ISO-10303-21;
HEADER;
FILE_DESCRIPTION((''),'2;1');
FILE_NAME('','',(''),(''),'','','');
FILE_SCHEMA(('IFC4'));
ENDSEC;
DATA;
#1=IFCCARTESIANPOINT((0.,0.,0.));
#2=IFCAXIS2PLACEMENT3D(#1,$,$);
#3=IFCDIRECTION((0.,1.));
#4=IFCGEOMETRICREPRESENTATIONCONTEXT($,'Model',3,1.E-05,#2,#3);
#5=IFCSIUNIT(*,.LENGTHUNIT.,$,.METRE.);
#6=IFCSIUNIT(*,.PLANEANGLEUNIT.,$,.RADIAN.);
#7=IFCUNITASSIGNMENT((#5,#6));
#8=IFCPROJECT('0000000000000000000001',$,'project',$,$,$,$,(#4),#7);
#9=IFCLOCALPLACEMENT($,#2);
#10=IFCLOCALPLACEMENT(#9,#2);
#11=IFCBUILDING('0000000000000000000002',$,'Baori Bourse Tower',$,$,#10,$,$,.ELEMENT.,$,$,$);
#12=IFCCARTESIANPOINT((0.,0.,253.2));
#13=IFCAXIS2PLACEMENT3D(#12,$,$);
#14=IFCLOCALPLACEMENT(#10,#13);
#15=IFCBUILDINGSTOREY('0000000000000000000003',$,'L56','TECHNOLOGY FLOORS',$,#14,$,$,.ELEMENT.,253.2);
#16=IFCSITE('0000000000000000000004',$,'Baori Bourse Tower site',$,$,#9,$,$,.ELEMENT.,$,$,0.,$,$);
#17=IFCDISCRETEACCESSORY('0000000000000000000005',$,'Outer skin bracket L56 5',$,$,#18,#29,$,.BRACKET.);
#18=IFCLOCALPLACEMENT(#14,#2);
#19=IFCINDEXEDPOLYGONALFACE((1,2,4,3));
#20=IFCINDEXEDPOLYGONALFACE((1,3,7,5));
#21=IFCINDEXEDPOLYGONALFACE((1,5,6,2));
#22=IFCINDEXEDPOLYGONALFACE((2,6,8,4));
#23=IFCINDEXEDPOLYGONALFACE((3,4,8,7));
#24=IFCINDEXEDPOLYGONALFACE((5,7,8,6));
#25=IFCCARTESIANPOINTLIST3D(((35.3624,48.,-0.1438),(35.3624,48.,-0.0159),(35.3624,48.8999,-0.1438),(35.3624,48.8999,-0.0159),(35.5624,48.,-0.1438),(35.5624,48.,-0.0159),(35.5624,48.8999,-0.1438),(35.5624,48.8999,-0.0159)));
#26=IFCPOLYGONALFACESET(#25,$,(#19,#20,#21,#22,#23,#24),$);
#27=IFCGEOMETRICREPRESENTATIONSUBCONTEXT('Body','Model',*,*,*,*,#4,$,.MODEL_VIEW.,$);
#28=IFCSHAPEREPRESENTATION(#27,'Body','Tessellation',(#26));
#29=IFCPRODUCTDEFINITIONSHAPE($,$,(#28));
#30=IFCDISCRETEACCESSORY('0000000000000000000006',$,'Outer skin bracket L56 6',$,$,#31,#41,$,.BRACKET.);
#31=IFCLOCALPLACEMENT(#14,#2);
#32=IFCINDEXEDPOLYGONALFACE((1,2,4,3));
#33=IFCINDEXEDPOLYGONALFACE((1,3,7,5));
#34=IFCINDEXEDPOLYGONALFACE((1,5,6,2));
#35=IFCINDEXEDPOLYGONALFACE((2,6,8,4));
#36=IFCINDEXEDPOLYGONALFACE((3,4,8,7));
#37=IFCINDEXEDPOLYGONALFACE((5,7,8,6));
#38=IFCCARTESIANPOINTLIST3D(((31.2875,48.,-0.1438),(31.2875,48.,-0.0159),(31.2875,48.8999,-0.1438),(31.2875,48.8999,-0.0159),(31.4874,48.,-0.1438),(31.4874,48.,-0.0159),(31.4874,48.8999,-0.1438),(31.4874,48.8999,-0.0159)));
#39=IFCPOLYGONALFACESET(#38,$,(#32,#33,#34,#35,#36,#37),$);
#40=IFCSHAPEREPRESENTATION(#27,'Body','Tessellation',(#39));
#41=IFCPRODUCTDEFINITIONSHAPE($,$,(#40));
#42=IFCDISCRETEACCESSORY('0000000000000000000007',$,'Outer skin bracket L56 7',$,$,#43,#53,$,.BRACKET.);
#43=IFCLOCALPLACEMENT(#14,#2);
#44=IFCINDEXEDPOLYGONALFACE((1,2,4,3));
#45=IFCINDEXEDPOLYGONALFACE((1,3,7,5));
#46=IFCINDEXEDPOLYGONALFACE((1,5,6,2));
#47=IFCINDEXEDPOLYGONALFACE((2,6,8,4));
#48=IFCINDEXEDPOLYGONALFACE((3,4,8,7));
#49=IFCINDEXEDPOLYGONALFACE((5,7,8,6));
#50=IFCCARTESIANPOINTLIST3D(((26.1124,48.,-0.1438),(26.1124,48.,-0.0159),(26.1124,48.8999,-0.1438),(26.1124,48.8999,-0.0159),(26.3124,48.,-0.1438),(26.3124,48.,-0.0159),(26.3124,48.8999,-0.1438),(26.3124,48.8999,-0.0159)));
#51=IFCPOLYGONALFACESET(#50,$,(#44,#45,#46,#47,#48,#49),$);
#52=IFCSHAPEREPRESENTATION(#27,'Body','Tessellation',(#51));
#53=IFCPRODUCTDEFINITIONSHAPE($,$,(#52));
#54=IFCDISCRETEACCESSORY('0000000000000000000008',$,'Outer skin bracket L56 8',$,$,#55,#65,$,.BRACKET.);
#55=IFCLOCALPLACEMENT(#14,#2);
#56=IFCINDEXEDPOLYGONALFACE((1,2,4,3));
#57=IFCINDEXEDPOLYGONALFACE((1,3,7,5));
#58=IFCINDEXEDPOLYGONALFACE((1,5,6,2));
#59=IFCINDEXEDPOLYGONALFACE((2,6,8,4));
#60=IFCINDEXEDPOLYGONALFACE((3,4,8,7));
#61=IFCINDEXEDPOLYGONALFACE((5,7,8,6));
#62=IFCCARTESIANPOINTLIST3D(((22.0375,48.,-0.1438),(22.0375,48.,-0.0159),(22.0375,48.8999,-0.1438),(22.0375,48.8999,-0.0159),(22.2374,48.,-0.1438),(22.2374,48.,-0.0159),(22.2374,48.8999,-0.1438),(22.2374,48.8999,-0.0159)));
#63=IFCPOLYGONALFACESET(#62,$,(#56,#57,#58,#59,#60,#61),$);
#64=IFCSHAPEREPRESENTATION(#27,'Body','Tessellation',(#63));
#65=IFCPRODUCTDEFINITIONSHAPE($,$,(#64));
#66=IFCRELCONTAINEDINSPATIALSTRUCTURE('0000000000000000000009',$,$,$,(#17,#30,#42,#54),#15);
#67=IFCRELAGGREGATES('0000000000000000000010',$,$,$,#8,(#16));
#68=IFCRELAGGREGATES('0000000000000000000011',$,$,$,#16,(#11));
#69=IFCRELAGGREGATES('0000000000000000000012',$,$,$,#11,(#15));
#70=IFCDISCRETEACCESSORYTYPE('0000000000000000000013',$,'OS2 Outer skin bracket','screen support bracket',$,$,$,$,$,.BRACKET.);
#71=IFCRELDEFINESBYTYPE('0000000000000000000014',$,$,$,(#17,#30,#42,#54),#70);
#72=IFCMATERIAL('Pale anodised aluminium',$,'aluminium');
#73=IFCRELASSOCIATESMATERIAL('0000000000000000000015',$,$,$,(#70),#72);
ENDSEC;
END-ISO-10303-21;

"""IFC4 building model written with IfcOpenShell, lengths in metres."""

from ifc_helpers import new_model, si_unit, direction, frame, origin, origin_2d, place, context, subcontext, project, spatial, rectangle, extrude, material, type_object, element, save


model = new_model("IFC4")

# Units and contexts
model_context = context("Model", 3, precision=1e-05, world=origin(), true_north=direction((0.0, 1.0)))
body_context = subcontext(model_context, "Body", "Model", "MODEL_VIEW")
ifc_project = project(units=[si_unit("LENGTHUNIT", "METRE"), si_unit("PLANEANGLEUNIT", "RADIAN")], contexts=[model_context])

# Site, building, storey
site_placement = place(None, origin())
site = spatial("IfcSite", under=ifc_project, at=site_placement, Name="Baori Bourse Tower site", CompositionType="ELEMENT", RefElevation=0.0)
building_placement = place(site_placement, origin())
building = spatial("IfcBuilding", under=site, at=building_placement, Name="Baori Bourse Tower", CompositionType="ELEMENT")
storey_placement = place(building_placement, frame((0.0, 0.0, 253.2)))
storey = spatial("IfcBuildingStorey", under=building, at=storey_placement, Name="L56", Description="TECHNOLOGY FLOORS", CompositionType="ELEMENT", Elevation=253.2)

# Discrete accessories
ifc_material_1 = material(Name="Pale anodised aluminium", Category="aluminium")
discrete_accessory_type = type_object("IfcDiscreteAccessoryType", Name="OS2 Outer skin bracket", Description="screen support bracket", PredefinedType="BRACKET", material=ifc_material_1)
for number, where, z_axis, x_axis, name in (
    (1, (35.4624, 48.45, -0.1438), (0.0, 0.0, 1.0), (-1.0, 0.0, 0.0), "Outer skin bracket L56 5"),
    (2, (31.3875, 48.45, -0.1438), (0.0, 0.0, 1.0), (-1.0, 0.0, 0.0), "Outer skin bracket L56 6"),
    (3, (26.2124, 48.45, -0.1438), (0.0, 0.0, 1.0), (-1.0, 0.0, 0.0), "Outer skin bracket L56 7"),
    (4, (22.1375, 48.45, -0.1438), (0.0, 0.0, 1.0), (-1.0, 0.0, 0.0), "Outer skin bracket L56 8"),
):
    element("IfcDiscreteAccessory", number, at=place(storey_placement, frame(where, z_axis=z_axis, x_axis=x_axis)), inside=storey, type_object=discrete_accessory_type, Name=name, PredefinedType="BRACKET", context=body_context, shape_type="SweptSolid", body=[
        extrude(rectangle(XDim=0.2, YDim=0.8999, at=origin_2d()), origin(), (0.0, 0.0, 1.0), 0.1279),
    ])

save(model, "model.ifc")
